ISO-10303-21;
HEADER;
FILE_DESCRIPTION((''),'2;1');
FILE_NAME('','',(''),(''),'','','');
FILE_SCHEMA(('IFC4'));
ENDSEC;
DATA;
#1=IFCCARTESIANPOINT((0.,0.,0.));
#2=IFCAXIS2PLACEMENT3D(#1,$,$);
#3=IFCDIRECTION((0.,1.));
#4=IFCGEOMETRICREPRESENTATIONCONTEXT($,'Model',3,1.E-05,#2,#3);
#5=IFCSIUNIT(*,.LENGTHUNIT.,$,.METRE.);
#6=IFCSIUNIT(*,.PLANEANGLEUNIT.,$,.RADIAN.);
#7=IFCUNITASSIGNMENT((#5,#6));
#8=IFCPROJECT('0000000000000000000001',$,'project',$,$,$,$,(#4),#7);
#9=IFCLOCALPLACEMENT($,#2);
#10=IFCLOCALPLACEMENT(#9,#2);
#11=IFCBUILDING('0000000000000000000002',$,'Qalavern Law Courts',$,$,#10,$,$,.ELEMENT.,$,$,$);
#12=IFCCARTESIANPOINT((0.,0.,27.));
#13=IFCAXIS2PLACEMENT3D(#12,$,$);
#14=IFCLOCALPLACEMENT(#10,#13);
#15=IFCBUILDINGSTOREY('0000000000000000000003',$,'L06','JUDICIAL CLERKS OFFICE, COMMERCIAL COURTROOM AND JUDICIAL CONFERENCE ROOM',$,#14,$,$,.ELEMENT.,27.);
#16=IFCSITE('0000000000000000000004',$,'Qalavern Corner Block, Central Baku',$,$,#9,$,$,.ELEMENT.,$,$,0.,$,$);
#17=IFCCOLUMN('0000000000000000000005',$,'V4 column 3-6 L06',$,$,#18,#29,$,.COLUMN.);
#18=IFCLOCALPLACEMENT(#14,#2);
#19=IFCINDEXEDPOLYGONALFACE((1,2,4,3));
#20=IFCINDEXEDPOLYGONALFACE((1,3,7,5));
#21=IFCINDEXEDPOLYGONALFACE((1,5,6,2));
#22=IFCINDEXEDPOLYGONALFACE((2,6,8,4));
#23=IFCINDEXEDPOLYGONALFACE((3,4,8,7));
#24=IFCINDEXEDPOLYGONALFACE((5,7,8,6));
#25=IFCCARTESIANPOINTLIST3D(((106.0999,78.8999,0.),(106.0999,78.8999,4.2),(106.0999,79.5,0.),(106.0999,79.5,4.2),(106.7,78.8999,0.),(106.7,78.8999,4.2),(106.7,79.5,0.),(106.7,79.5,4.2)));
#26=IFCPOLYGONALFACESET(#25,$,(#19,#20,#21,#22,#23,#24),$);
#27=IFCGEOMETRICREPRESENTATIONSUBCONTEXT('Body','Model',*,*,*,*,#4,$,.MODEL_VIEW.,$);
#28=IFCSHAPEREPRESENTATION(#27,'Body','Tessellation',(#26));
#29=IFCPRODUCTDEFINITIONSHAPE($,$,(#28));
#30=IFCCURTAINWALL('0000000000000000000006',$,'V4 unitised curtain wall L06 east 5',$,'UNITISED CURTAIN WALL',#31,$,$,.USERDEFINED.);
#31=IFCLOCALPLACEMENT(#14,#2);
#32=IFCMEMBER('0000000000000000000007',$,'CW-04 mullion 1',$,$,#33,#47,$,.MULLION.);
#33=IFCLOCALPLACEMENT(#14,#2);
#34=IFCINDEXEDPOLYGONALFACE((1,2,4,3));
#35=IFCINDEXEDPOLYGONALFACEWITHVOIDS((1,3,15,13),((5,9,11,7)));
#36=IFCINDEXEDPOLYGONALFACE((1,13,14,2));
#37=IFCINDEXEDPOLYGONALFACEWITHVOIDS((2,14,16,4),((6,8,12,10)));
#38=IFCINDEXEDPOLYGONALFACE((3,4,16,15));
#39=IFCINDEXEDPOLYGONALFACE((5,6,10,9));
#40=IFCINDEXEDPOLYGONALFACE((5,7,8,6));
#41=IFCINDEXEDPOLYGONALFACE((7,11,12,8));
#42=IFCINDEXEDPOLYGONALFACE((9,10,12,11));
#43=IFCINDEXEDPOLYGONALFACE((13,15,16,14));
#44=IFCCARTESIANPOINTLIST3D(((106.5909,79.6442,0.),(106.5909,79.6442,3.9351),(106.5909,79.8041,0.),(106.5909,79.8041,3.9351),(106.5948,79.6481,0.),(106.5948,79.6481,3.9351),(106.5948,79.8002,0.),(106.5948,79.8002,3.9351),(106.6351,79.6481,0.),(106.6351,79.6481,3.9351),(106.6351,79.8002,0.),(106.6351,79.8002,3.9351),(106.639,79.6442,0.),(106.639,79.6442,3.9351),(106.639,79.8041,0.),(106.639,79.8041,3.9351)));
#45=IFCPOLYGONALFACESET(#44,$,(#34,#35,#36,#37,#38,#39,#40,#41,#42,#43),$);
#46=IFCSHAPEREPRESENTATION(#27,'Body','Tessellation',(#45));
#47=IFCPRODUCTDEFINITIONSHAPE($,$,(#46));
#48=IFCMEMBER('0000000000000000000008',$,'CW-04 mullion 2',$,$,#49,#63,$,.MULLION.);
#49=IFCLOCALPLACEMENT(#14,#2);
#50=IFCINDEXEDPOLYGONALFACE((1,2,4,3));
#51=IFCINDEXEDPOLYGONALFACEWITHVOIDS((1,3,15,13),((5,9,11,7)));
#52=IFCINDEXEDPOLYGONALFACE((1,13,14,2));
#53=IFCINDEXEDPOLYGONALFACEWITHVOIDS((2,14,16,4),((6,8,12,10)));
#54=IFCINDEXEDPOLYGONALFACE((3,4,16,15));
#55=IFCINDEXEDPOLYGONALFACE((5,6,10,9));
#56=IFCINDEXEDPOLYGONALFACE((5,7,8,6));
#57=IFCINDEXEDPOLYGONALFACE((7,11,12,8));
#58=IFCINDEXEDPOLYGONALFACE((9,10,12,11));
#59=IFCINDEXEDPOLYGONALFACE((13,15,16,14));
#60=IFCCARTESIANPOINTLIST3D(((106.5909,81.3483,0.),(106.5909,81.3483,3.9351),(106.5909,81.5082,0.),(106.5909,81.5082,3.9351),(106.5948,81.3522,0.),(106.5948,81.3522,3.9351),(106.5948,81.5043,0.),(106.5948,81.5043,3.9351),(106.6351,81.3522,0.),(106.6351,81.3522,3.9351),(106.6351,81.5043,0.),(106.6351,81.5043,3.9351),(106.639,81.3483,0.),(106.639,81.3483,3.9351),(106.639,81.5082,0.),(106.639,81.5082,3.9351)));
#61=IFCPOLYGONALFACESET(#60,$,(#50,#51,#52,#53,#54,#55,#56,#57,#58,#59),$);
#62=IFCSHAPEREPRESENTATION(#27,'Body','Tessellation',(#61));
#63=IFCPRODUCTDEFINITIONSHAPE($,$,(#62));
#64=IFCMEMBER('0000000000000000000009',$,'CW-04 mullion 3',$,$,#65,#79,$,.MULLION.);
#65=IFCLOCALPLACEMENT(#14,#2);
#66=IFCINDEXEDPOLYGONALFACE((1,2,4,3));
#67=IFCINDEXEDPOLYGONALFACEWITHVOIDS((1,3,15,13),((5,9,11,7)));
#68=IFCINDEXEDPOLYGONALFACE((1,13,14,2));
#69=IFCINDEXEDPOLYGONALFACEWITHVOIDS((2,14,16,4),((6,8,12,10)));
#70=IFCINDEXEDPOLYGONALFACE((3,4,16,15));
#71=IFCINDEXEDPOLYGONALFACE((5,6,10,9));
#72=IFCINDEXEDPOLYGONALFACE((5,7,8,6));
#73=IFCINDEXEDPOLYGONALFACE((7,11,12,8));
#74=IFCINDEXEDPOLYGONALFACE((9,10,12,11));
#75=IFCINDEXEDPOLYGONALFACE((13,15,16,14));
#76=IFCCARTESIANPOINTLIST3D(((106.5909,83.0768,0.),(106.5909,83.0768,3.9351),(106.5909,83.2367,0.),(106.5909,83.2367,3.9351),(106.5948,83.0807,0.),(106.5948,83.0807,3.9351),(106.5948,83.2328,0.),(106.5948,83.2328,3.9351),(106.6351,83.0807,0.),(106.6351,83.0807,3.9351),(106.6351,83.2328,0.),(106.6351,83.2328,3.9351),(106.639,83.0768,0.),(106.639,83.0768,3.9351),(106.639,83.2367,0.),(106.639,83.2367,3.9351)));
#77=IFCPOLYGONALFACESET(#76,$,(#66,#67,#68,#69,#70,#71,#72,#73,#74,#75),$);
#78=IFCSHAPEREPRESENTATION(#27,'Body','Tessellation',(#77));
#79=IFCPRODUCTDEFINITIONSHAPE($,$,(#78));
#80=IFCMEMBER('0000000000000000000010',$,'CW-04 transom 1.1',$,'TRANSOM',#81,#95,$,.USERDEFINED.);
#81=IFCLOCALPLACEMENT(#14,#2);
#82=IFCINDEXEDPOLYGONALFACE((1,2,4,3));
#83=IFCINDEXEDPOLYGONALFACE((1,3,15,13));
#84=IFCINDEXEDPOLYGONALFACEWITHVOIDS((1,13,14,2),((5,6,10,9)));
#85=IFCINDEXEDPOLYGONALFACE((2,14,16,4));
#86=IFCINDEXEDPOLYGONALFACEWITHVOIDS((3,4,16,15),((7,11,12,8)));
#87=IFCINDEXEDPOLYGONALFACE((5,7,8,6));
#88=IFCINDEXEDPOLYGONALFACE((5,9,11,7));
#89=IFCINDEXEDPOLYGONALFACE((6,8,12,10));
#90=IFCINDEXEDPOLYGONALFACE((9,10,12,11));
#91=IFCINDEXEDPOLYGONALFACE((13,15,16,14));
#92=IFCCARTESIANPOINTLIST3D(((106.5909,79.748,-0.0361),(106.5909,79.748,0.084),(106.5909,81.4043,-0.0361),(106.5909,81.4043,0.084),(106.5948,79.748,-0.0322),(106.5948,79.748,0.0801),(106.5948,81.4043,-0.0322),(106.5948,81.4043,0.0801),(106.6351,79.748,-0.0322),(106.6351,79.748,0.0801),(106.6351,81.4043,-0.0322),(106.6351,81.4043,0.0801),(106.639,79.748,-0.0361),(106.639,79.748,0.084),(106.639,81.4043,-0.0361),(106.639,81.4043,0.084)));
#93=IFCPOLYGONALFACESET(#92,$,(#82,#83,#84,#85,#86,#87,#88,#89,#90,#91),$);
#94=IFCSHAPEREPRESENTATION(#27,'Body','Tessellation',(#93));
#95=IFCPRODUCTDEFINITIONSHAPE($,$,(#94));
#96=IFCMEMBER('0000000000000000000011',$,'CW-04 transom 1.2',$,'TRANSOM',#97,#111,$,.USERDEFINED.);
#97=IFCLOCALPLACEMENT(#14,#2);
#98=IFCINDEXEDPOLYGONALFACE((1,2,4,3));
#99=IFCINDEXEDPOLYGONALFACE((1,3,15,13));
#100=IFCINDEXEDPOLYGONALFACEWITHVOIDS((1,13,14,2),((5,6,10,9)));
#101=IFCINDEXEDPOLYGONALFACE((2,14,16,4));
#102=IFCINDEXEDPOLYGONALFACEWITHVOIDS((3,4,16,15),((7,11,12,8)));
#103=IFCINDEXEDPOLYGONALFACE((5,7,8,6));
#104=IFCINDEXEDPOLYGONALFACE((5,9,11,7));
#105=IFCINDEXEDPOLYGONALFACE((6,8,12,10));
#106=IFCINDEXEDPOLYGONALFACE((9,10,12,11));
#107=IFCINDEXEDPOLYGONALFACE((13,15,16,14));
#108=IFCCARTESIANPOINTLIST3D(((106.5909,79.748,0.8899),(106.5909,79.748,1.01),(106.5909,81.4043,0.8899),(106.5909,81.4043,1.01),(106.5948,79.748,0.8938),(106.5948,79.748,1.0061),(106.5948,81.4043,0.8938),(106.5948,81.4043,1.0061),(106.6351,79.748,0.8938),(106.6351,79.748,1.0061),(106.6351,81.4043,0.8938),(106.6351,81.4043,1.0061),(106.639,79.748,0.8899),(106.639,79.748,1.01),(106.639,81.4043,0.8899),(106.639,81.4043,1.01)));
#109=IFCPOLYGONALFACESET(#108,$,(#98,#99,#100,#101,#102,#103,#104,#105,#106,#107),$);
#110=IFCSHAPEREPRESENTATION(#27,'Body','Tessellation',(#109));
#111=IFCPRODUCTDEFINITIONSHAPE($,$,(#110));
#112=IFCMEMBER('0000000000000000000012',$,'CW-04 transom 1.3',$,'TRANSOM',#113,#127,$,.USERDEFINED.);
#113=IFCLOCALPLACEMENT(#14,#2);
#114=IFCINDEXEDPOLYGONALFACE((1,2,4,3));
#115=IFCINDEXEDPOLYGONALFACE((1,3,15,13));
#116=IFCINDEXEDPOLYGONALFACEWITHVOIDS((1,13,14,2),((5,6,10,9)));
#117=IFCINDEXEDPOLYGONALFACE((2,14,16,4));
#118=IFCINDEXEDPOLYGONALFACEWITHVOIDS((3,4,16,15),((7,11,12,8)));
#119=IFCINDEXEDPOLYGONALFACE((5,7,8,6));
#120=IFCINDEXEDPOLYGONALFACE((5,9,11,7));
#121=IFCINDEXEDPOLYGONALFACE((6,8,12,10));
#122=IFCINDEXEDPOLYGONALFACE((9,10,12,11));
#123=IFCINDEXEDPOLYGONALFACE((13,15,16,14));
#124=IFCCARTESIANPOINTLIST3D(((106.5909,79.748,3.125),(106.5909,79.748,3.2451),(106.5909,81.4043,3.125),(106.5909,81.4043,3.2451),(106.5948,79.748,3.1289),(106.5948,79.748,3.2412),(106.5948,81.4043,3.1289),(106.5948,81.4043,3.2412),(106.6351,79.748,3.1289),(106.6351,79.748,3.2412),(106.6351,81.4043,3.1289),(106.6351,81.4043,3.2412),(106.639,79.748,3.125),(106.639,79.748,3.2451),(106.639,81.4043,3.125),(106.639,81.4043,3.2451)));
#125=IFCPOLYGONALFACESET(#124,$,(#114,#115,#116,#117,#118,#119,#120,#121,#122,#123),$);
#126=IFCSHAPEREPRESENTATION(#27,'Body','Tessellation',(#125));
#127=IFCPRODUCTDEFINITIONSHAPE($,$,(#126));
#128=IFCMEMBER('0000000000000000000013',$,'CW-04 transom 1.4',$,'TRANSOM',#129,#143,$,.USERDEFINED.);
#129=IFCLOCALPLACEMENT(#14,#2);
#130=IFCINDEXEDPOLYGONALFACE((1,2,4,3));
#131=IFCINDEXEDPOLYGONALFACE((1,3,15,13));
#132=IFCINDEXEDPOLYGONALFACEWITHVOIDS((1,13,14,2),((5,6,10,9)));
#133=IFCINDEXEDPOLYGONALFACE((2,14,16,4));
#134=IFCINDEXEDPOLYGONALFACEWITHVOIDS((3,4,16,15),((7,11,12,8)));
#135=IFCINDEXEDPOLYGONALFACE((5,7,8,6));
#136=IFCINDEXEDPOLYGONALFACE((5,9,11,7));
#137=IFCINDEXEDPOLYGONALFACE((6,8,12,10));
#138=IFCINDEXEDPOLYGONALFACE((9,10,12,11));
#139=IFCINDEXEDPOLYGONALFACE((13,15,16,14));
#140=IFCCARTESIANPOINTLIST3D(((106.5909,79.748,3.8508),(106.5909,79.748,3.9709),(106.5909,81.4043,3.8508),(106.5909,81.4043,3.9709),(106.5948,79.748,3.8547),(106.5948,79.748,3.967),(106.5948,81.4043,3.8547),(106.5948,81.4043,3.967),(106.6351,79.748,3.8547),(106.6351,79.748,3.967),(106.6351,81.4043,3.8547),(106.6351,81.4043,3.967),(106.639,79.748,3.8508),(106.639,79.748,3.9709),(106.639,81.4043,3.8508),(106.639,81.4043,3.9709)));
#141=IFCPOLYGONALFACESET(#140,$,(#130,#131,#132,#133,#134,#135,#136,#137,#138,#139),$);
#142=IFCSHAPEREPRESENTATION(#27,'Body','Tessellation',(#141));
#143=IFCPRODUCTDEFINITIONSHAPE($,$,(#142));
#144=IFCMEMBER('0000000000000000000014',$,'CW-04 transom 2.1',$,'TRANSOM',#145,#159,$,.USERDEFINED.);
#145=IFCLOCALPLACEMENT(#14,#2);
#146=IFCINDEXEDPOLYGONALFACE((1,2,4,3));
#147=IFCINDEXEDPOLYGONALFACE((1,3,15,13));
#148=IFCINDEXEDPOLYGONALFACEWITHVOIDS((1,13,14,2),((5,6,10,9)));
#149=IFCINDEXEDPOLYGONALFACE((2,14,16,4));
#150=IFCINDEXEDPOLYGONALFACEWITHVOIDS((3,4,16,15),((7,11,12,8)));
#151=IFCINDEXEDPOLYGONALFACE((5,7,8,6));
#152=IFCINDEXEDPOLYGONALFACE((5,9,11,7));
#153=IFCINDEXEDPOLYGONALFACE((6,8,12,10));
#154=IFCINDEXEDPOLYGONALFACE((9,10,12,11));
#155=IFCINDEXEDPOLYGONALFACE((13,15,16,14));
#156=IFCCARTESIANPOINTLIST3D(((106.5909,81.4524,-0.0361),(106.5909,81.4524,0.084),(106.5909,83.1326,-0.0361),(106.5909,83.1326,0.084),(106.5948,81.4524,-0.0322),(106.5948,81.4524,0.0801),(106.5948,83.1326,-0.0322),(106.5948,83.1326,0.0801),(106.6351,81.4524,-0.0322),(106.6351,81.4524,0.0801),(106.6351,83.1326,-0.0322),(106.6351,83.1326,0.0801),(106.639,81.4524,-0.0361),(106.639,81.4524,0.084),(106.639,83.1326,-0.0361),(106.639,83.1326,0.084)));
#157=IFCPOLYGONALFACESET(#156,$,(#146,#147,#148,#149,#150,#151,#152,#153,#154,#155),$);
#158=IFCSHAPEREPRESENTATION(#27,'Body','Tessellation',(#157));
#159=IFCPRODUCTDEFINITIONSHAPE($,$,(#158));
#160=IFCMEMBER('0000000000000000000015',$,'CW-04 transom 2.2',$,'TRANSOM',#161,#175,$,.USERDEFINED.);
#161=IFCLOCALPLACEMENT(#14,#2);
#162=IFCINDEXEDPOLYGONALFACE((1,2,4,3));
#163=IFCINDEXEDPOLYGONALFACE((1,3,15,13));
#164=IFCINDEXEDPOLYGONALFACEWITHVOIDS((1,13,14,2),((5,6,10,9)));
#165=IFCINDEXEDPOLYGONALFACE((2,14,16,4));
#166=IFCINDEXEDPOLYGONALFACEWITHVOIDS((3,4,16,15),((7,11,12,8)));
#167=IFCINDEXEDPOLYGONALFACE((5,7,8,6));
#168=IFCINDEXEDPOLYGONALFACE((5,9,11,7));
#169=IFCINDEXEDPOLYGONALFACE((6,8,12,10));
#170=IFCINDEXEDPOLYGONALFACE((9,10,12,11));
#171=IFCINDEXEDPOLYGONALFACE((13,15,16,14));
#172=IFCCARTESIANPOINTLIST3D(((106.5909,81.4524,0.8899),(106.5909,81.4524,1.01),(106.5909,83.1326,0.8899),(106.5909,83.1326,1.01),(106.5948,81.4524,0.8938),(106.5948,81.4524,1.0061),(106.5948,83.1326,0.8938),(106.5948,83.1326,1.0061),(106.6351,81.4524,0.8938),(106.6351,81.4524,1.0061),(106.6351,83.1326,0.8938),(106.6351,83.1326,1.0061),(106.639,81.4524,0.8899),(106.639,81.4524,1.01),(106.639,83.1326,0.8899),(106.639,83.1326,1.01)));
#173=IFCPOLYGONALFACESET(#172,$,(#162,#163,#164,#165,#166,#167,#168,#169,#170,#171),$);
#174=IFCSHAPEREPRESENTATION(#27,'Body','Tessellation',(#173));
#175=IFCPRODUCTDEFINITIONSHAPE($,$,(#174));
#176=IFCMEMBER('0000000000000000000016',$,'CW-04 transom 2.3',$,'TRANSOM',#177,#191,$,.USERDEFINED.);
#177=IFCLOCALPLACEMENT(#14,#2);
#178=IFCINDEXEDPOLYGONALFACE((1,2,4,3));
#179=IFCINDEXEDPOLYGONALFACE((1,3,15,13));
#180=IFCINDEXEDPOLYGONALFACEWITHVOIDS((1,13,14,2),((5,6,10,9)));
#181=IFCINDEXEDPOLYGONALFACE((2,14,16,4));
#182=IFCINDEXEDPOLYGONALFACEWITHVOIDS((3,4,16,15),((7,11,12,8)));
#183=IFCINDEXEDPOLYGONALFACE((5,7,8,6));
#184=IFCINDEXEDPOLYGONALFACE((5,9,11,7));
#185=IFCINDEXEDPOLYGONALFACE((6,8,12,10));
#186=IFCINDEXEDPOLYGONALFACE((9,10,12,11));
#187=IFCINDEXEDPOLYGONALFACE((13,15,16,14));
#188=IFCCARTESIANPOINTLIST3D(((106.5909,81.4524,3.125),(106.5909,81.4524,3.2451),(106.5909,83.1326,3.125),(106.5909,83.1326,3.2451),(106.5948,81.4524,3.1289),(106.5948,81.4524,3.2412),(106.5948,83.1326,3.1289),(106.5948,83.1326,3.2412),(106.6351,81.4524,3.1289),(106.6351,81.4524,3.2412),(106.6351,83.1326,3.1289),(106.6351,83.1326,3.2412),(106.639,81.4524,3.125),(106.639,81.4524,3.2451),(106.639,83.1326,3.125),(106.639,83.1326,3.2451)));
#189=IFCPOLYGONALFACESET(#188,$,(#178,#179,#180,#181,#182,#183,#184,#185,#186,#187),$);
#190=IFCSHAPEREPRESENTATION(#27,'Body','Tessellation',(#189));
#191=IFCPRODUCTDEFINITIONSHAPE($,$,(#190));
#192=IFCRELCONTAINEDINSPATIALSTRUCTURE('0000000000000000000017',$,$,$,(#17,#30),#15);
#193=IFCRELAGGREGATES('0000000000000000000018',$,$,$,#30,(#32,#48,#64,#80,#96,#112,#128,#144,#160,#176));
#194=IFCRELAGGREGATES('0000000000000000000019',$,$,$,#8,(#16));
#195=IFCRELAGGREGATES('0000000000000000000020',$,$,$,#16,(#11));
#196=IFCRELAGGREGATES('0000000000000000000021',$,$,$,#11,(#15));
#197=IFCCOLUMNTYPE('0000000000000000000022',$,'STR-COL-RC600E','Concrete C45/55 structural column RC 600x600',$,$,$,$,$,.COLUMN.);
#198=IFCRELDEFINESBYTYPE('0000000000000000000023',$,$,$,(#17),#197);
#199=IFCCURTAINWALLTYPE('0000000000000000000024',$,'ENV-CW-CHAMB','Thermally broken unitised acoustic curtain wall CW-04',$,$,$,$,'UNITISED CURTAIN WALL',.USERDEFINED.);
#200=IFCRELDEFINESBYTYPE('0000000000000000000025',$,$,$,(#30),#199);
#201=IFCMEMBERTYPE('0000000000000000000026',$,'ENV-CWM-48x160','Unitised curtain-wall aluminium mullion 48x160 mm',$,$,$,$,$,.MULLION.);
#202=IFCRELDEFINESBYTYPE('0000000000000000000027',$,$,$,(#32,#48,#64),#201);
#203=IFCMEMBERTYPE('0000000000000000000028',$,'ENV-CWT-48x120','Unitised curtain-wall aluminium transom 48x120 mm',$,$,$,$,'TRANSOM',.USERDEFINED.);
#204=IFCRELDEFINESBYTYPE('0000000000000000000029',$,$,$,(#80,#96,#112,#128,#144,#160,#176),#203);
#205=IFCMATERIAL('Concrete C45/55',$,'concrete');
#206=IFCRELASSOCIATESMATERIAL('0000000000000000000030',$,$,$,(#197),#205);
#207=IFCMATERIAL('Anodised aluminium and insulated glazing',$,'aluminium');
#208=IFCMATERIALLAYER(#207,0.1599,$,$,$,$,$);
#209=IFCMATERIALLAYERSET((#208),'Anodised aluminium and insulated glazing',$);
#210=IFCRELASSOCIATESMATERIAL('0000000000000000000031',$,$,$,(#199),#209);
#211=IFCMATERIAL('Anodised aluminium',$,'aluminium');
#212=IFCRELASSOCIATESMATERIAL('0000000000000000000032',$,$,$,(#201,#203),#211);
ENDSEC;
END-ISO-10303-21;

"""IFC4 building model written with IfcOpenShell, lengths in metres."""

from ifc_helpers import new_model, si_unit, direction, frame, origin, origin_2d, place, context, subcontext, project, spatial, rectangle, hollow_rectangle, extrude, material, layer, layer_set, material_profile, profile_set, type_object, element, aggregate, save


model = new_model("IFC4")

# Units and contexts
model_context = context("Model", 3, precision=1e-05, world=origin(), true_north=direction((0.0, 1.0)))
body_context = subcontext(model_context, "Body", "Model", "MODEL_VIEW")
ifc_project = project(units=[si_unit("LENGTHUNIT", "METRE"), si_unit("PLANEANGLEUNIT", "RADIAN")], contexts=[model_context])

# Site, building, storey
site_placement = place(None, origin())
site = spatial("IfcSite", under=ifc_project, at=site_placement, Name="Qalavern Corner Block, Central Baku", CompositionType="ELEMENT", RefElevation=0.0)
building_placement = place(site_placement, origin())
building = spatial("IfcBuilding", under=site, at=building_placement, Name="Qalavern Law Courts", CompositionType="ELEMENT")
storey_placement = place(building_placement, frame((0.0, 0.0, 27.0)))
storey = spatial("IfcBuildingStorey", under=building, at=storey_placement, Name="L06", Description="JUDICIAL CLERKS OFFICE, COMMERCIAL COURTROOM AND JUDICIAL CONFERENCE ROOM", CompositionType="ELEMENT", Elevation=27.0)

# Column
ifc_material_1 = material(Name="Concrete C45/55", Category="concrete")
ifc_material_profile_1 = material_profile(ifc_material_1, rectangle(XDim=0.6001, YDim=0.6001, at=origin_2d()), Name="RC 600x600")
ifc_profile_set_1 = profile_set([ifc_material_profile_1], Name="Concrete C45/55")
column_type = type_object("IfcColumnType", Name="STR-COL-RC600E", Description="Concrete C45/55 structural column RC 600x600", PredefinedType="COLUMN", material=ifc_profile_set_1)
column_placement = place(storey_placement, frame((106.3999, 79.2, 0.0), z_axis=(0.0, 0.0, 1.0), x_axis=(1.0, 0.0, 0.0)))
element("IfcColumn", 1, at=column_placement, inside=storey, type_object=column_type, Name="V4 column 3-6 L06", PredefinedType="COLUMN", context=body_context, shape_type="SweptSolid", body=[
    extrude(rectangle(XDim=0.6001, YDim=0.6001, at=origin_2d()), origin(), (0.0, 0.0, 1.0), 4.2),
])

# Curtain wall, members
ifc_material_2 = material(Name="Anodised aluminium and insulated glazing", Category="aluminium")
ifc_layer_1 = layer(ifc_material_2, 0.1599)
ifc_layer_set_1 = layer_set([ifc_layer_1], Name="Anodised aluminium and insulated glazing")
curtain_wall_type = type_object("IfcCurtainWallType", Name="ENV-CW-CHAMB", Description="Thermally broken unitised acoustic curtain wall CW-04", ElementType="UNITISED CURTAIN WALL", PredefinedType="USERDEFINED", material=ifc_layer_set_1)
curtain_wall_placement = place(storey_placement, origin())
curtain_wall = element("IfcCurtainWall", 2, at=curtain_wall_placement, inside=storey, type_object=curtain_wall_type, Name="V4 unitised curtain wall L06 east 5", ObjectType="UNITISED CURTAIN WALL", PredefinedType="USERDEFINED")
ifc_material_3 = material(Name="Anodised aluminium", Category="aluminium")
ifc_material_profile_2 = material_profile(ifc_material_3, hollow_rectangle(XDim=0.0481, YDim=0.1599, WallThickness=0.0039, at=origin_2d()), Name="ALU MULLION 48x160")
ifc_profile_set_2 = profile_set([ifc_material_profile_2], Name="Anodised aluminium")
member_type_1 = type_object("IfcMemberType", Name="ENV-CWM-48x160", Description="Unitised curtain-wall aluminium mullion 48x160 mm", PredefinedType="MULLION", material=ifc_profile_set_2)
member_1_placement = place(storey_placement, frame((106.615, 79.7241, 0.0), z_axis=(0.0, 0.0, 1.0), x_axis=(-1.0, 0.0, 0.0)))
member_1 = element("IfcMember", 3, at=member_1_placement, type_object=member_type_1, Name="CW-04 mullion 1", PredefinedType="MULLION", context=body_context, shape_type="SweptSolid", body=[
    extrude(hollow_rectangle(XDim=0.0481, YDim=0.1599, WallThickness=0.0039, at=origin_2d()), origin(), (0.0, 0.0, 1.0), 3.9351),
])
member_2_placement = place(storey_placement, frame((106.615, 81.4282, 0.0), z_axis=(0.0, 0.0, 1.0), x_axis=(-1.0, 0.0, 0.0)))
member_2 = element("IfcMember", 4, at=member_2_placement, type_object=member_type_1, Name="CW-04 mullion 2", PredefinedType="MULLION", context=body_context, shape_type="SweptSolid", body=[
    extrude(hollow_rectangle(XDim=0.0481, YDim=0.1599, WallThickness=0.0039, at=origin_2d()), origin(), (0.0, 0.0, 1.0), 3.9351),
])
member_3_placement = place(storey_placement, frame((106.615, 83.1567, 0.0), z_axis=(0.0, 0.0, 1.0), x_axis=(-1.0, 0.0, 0.0)))
member_3 = element("IfcMember", 5, at=member_3_placement, type_object=member_type_1, Name="CW-04 mullion 3", PredefinedType="MULLION", context=body_context, shape_type="SweptSolid", body=[
    extrude(hollow_rectangle(XDim=0.0481, YDim=0.1599, WallThickness=0.0039, at=origin_2d()), origin(), (0.0, 0.0, 1.0), 3.9351),
])
ifc_material_profile_3 = material_profile(ifc_material_3, hollow_rectangle(XDim=0.0481, YDim=0.1201, WallThickness=0.0039, at=origin_2d()), Name="ALU TRANSOM 48x120")
ifc_profile_set_3 = profile_set([ifc_material_profile_3], Name="Anodised aluminium")
member_type_2 = type_object("IfcMemberType", Name="ENV-CWT-48x120", Description="Unitised curtain-wall aluminium transom 48x120 mm", ElementType="TRANSOM", PredefinedType="USERDEFINED", material=ifc_profile_set_3)
member_4_placement = place(storey_placement, frame((106.615, 79.748, 0.0239), z_axis=(0.0, 1.0, 0.0), x_axis=(-1.0, 0.0, 0.0)))
member_4 = element("IfcMember", 6, at=member_4_placement, type_object=member_type_2, Name="CW-04 transom 1.1", ObjectType="TRANSOM", PredefinedType="USERDEFINED", context=body_context, shape_type="SweptSolid", body=[
    extrude(hollow_rectangle(XDim=0.0481, YDim=0.1201, WallThickness=0.0039, at=origin_2d()), origin(), (0.0, 0.0, 1.0), 1.6562),
])
member_5_placement = place(storey_placement, frame((106.615, 79.748, 0.95), z_axis=(0.0, 1.0, 0.0), x_axis=(-1.0, 0.0, 0.0)))
member_5 = element("IfcMember", 7, at=member_5_placement, type_object=member_type_2, Name="CW-04 transom 1.2", ObjectType="TRANSOM", PredefinedType="USERDEFINED", context=body_context, shape_type="SweptSolid", body=[
    extrude(hollow_rectangle(XDim=0.0481, YDim=0.1201, WallThickness=0.0039, at=origin_2d()), origin(), (0.0, 0.0, 1.0), 1.6562),
])
member_6_placement = place(storey_placement, frame((106.615, 79.748, 3.1851), z_axis=(0.0, 1.0, 0.0), x_axis=(-1.0, 0.0, 0.0)))
member_6 = element("IfcMember", 8, at=member_6_placement, type_object=member_type_2, Name="CW-04 transom 1.3", ObjectType="TRANSOM", PredefinedType="USERDEFINED", context=body_context, shape_type="SweptSolid", body=[
    extrude(hollow_rectangle(XDim=0.0481, YDim=0.1201, WallThickness=0.0039, at=origin_2d()), origin(), (0.0, 0.0, 1.0), 1.6562),
])
member_7_placement = place(storey_placement, frame((106.615, 79.748, 3.9109), z_axis=(0.0, 1.0, 0.0), x_axis=(-1.0, 0.0, 0.0)))
member_7 = element("IfcMember", 9, at=member_7_placement, type_object=member_type_2, Name="CW-04 transom 1.4", ObjectType="TRANSOM", PredefinedType="USERDEFINED", context=body_context, shape_type="SweptSolid", body=[
    extrude(hollow_rectangle(XDim=0.0481, YDim=0.1201, WallThickness=0.0039, at=origin_2d()), origin(), (0.0, 0.0, 1.0), 1.6562),
])
member_8_placement = place(storey_placement, frame((106.615, 81.4524, 0.0239), z_axis=(0.0, 1.0, 0.0), x_axis=(-1.0, 0.0, 0.0)))
member_8 = element("IfcMember", 10, at=member_8_placement, type_object=member_type_2, Name="CW-04 transom 2.1", ObjectType="TRANSOM", PredefinedType="USERDEFINED", context=body_context, shape_type="SweptSolid", body=[
    extrude(hollow_rectangle(XDim=0.0481, YDim=0.1201, WallThickness=0.0039, at=origin_2d()), origin(), (0.0, 0.0, 1.0), 1.6802),
])
member_9_placement = place(storey_placement, frame((106.615, 81.4524, 0.95), z_axis=(0.0, 1.0, 0.0), x_axis=(-1.0, 0.0, 0.0)))
member_9 = element("IfcMember", 11, at=member_9_placement, type_object=member_type_2, Name="CW-04 transom 2.2", ObjectType="TRANSOM", PredefinedType="USERDEFINED", context=body_context, shape_type="SweptSolid", body=[
    extrude(hollow_rectangle(XDim=0.0481, YDim=0.1201, WallThickness=0.0039, at=origin_2d()), origin(), (0.0, 0.0, 1.0), 1.6802),
])
member_10_placement = place(storey_placement, frame((106.615, 81.4524, 3.1851), z_axis=(0.0, 1.0, 0.0), x_axis=(-1.0, 0.0, 0.0)))
member_10 = element("IfcMember", 12, at=member_10_placement, type_object=member_type_2, Name="CW-04 transom 2.3", ObjectType="TRANSOM", PredefinedType="USERDEFINED", context=body_context, shape_type="SweptSolid", body=[
    extrude(hollow_rectangle(XDim=0.0481, YDim=0.1201, WallThickness=0.0039, at=origin_2d()), origin(), (0.0, 0.0, 1.0), 1.6802),
])

aggregate(curtain_wall, [member_1, member_2, member_3, member_4, member_5, member_6, member_7, member_8, member_9, member_10])

save(model, "model.ifc")
